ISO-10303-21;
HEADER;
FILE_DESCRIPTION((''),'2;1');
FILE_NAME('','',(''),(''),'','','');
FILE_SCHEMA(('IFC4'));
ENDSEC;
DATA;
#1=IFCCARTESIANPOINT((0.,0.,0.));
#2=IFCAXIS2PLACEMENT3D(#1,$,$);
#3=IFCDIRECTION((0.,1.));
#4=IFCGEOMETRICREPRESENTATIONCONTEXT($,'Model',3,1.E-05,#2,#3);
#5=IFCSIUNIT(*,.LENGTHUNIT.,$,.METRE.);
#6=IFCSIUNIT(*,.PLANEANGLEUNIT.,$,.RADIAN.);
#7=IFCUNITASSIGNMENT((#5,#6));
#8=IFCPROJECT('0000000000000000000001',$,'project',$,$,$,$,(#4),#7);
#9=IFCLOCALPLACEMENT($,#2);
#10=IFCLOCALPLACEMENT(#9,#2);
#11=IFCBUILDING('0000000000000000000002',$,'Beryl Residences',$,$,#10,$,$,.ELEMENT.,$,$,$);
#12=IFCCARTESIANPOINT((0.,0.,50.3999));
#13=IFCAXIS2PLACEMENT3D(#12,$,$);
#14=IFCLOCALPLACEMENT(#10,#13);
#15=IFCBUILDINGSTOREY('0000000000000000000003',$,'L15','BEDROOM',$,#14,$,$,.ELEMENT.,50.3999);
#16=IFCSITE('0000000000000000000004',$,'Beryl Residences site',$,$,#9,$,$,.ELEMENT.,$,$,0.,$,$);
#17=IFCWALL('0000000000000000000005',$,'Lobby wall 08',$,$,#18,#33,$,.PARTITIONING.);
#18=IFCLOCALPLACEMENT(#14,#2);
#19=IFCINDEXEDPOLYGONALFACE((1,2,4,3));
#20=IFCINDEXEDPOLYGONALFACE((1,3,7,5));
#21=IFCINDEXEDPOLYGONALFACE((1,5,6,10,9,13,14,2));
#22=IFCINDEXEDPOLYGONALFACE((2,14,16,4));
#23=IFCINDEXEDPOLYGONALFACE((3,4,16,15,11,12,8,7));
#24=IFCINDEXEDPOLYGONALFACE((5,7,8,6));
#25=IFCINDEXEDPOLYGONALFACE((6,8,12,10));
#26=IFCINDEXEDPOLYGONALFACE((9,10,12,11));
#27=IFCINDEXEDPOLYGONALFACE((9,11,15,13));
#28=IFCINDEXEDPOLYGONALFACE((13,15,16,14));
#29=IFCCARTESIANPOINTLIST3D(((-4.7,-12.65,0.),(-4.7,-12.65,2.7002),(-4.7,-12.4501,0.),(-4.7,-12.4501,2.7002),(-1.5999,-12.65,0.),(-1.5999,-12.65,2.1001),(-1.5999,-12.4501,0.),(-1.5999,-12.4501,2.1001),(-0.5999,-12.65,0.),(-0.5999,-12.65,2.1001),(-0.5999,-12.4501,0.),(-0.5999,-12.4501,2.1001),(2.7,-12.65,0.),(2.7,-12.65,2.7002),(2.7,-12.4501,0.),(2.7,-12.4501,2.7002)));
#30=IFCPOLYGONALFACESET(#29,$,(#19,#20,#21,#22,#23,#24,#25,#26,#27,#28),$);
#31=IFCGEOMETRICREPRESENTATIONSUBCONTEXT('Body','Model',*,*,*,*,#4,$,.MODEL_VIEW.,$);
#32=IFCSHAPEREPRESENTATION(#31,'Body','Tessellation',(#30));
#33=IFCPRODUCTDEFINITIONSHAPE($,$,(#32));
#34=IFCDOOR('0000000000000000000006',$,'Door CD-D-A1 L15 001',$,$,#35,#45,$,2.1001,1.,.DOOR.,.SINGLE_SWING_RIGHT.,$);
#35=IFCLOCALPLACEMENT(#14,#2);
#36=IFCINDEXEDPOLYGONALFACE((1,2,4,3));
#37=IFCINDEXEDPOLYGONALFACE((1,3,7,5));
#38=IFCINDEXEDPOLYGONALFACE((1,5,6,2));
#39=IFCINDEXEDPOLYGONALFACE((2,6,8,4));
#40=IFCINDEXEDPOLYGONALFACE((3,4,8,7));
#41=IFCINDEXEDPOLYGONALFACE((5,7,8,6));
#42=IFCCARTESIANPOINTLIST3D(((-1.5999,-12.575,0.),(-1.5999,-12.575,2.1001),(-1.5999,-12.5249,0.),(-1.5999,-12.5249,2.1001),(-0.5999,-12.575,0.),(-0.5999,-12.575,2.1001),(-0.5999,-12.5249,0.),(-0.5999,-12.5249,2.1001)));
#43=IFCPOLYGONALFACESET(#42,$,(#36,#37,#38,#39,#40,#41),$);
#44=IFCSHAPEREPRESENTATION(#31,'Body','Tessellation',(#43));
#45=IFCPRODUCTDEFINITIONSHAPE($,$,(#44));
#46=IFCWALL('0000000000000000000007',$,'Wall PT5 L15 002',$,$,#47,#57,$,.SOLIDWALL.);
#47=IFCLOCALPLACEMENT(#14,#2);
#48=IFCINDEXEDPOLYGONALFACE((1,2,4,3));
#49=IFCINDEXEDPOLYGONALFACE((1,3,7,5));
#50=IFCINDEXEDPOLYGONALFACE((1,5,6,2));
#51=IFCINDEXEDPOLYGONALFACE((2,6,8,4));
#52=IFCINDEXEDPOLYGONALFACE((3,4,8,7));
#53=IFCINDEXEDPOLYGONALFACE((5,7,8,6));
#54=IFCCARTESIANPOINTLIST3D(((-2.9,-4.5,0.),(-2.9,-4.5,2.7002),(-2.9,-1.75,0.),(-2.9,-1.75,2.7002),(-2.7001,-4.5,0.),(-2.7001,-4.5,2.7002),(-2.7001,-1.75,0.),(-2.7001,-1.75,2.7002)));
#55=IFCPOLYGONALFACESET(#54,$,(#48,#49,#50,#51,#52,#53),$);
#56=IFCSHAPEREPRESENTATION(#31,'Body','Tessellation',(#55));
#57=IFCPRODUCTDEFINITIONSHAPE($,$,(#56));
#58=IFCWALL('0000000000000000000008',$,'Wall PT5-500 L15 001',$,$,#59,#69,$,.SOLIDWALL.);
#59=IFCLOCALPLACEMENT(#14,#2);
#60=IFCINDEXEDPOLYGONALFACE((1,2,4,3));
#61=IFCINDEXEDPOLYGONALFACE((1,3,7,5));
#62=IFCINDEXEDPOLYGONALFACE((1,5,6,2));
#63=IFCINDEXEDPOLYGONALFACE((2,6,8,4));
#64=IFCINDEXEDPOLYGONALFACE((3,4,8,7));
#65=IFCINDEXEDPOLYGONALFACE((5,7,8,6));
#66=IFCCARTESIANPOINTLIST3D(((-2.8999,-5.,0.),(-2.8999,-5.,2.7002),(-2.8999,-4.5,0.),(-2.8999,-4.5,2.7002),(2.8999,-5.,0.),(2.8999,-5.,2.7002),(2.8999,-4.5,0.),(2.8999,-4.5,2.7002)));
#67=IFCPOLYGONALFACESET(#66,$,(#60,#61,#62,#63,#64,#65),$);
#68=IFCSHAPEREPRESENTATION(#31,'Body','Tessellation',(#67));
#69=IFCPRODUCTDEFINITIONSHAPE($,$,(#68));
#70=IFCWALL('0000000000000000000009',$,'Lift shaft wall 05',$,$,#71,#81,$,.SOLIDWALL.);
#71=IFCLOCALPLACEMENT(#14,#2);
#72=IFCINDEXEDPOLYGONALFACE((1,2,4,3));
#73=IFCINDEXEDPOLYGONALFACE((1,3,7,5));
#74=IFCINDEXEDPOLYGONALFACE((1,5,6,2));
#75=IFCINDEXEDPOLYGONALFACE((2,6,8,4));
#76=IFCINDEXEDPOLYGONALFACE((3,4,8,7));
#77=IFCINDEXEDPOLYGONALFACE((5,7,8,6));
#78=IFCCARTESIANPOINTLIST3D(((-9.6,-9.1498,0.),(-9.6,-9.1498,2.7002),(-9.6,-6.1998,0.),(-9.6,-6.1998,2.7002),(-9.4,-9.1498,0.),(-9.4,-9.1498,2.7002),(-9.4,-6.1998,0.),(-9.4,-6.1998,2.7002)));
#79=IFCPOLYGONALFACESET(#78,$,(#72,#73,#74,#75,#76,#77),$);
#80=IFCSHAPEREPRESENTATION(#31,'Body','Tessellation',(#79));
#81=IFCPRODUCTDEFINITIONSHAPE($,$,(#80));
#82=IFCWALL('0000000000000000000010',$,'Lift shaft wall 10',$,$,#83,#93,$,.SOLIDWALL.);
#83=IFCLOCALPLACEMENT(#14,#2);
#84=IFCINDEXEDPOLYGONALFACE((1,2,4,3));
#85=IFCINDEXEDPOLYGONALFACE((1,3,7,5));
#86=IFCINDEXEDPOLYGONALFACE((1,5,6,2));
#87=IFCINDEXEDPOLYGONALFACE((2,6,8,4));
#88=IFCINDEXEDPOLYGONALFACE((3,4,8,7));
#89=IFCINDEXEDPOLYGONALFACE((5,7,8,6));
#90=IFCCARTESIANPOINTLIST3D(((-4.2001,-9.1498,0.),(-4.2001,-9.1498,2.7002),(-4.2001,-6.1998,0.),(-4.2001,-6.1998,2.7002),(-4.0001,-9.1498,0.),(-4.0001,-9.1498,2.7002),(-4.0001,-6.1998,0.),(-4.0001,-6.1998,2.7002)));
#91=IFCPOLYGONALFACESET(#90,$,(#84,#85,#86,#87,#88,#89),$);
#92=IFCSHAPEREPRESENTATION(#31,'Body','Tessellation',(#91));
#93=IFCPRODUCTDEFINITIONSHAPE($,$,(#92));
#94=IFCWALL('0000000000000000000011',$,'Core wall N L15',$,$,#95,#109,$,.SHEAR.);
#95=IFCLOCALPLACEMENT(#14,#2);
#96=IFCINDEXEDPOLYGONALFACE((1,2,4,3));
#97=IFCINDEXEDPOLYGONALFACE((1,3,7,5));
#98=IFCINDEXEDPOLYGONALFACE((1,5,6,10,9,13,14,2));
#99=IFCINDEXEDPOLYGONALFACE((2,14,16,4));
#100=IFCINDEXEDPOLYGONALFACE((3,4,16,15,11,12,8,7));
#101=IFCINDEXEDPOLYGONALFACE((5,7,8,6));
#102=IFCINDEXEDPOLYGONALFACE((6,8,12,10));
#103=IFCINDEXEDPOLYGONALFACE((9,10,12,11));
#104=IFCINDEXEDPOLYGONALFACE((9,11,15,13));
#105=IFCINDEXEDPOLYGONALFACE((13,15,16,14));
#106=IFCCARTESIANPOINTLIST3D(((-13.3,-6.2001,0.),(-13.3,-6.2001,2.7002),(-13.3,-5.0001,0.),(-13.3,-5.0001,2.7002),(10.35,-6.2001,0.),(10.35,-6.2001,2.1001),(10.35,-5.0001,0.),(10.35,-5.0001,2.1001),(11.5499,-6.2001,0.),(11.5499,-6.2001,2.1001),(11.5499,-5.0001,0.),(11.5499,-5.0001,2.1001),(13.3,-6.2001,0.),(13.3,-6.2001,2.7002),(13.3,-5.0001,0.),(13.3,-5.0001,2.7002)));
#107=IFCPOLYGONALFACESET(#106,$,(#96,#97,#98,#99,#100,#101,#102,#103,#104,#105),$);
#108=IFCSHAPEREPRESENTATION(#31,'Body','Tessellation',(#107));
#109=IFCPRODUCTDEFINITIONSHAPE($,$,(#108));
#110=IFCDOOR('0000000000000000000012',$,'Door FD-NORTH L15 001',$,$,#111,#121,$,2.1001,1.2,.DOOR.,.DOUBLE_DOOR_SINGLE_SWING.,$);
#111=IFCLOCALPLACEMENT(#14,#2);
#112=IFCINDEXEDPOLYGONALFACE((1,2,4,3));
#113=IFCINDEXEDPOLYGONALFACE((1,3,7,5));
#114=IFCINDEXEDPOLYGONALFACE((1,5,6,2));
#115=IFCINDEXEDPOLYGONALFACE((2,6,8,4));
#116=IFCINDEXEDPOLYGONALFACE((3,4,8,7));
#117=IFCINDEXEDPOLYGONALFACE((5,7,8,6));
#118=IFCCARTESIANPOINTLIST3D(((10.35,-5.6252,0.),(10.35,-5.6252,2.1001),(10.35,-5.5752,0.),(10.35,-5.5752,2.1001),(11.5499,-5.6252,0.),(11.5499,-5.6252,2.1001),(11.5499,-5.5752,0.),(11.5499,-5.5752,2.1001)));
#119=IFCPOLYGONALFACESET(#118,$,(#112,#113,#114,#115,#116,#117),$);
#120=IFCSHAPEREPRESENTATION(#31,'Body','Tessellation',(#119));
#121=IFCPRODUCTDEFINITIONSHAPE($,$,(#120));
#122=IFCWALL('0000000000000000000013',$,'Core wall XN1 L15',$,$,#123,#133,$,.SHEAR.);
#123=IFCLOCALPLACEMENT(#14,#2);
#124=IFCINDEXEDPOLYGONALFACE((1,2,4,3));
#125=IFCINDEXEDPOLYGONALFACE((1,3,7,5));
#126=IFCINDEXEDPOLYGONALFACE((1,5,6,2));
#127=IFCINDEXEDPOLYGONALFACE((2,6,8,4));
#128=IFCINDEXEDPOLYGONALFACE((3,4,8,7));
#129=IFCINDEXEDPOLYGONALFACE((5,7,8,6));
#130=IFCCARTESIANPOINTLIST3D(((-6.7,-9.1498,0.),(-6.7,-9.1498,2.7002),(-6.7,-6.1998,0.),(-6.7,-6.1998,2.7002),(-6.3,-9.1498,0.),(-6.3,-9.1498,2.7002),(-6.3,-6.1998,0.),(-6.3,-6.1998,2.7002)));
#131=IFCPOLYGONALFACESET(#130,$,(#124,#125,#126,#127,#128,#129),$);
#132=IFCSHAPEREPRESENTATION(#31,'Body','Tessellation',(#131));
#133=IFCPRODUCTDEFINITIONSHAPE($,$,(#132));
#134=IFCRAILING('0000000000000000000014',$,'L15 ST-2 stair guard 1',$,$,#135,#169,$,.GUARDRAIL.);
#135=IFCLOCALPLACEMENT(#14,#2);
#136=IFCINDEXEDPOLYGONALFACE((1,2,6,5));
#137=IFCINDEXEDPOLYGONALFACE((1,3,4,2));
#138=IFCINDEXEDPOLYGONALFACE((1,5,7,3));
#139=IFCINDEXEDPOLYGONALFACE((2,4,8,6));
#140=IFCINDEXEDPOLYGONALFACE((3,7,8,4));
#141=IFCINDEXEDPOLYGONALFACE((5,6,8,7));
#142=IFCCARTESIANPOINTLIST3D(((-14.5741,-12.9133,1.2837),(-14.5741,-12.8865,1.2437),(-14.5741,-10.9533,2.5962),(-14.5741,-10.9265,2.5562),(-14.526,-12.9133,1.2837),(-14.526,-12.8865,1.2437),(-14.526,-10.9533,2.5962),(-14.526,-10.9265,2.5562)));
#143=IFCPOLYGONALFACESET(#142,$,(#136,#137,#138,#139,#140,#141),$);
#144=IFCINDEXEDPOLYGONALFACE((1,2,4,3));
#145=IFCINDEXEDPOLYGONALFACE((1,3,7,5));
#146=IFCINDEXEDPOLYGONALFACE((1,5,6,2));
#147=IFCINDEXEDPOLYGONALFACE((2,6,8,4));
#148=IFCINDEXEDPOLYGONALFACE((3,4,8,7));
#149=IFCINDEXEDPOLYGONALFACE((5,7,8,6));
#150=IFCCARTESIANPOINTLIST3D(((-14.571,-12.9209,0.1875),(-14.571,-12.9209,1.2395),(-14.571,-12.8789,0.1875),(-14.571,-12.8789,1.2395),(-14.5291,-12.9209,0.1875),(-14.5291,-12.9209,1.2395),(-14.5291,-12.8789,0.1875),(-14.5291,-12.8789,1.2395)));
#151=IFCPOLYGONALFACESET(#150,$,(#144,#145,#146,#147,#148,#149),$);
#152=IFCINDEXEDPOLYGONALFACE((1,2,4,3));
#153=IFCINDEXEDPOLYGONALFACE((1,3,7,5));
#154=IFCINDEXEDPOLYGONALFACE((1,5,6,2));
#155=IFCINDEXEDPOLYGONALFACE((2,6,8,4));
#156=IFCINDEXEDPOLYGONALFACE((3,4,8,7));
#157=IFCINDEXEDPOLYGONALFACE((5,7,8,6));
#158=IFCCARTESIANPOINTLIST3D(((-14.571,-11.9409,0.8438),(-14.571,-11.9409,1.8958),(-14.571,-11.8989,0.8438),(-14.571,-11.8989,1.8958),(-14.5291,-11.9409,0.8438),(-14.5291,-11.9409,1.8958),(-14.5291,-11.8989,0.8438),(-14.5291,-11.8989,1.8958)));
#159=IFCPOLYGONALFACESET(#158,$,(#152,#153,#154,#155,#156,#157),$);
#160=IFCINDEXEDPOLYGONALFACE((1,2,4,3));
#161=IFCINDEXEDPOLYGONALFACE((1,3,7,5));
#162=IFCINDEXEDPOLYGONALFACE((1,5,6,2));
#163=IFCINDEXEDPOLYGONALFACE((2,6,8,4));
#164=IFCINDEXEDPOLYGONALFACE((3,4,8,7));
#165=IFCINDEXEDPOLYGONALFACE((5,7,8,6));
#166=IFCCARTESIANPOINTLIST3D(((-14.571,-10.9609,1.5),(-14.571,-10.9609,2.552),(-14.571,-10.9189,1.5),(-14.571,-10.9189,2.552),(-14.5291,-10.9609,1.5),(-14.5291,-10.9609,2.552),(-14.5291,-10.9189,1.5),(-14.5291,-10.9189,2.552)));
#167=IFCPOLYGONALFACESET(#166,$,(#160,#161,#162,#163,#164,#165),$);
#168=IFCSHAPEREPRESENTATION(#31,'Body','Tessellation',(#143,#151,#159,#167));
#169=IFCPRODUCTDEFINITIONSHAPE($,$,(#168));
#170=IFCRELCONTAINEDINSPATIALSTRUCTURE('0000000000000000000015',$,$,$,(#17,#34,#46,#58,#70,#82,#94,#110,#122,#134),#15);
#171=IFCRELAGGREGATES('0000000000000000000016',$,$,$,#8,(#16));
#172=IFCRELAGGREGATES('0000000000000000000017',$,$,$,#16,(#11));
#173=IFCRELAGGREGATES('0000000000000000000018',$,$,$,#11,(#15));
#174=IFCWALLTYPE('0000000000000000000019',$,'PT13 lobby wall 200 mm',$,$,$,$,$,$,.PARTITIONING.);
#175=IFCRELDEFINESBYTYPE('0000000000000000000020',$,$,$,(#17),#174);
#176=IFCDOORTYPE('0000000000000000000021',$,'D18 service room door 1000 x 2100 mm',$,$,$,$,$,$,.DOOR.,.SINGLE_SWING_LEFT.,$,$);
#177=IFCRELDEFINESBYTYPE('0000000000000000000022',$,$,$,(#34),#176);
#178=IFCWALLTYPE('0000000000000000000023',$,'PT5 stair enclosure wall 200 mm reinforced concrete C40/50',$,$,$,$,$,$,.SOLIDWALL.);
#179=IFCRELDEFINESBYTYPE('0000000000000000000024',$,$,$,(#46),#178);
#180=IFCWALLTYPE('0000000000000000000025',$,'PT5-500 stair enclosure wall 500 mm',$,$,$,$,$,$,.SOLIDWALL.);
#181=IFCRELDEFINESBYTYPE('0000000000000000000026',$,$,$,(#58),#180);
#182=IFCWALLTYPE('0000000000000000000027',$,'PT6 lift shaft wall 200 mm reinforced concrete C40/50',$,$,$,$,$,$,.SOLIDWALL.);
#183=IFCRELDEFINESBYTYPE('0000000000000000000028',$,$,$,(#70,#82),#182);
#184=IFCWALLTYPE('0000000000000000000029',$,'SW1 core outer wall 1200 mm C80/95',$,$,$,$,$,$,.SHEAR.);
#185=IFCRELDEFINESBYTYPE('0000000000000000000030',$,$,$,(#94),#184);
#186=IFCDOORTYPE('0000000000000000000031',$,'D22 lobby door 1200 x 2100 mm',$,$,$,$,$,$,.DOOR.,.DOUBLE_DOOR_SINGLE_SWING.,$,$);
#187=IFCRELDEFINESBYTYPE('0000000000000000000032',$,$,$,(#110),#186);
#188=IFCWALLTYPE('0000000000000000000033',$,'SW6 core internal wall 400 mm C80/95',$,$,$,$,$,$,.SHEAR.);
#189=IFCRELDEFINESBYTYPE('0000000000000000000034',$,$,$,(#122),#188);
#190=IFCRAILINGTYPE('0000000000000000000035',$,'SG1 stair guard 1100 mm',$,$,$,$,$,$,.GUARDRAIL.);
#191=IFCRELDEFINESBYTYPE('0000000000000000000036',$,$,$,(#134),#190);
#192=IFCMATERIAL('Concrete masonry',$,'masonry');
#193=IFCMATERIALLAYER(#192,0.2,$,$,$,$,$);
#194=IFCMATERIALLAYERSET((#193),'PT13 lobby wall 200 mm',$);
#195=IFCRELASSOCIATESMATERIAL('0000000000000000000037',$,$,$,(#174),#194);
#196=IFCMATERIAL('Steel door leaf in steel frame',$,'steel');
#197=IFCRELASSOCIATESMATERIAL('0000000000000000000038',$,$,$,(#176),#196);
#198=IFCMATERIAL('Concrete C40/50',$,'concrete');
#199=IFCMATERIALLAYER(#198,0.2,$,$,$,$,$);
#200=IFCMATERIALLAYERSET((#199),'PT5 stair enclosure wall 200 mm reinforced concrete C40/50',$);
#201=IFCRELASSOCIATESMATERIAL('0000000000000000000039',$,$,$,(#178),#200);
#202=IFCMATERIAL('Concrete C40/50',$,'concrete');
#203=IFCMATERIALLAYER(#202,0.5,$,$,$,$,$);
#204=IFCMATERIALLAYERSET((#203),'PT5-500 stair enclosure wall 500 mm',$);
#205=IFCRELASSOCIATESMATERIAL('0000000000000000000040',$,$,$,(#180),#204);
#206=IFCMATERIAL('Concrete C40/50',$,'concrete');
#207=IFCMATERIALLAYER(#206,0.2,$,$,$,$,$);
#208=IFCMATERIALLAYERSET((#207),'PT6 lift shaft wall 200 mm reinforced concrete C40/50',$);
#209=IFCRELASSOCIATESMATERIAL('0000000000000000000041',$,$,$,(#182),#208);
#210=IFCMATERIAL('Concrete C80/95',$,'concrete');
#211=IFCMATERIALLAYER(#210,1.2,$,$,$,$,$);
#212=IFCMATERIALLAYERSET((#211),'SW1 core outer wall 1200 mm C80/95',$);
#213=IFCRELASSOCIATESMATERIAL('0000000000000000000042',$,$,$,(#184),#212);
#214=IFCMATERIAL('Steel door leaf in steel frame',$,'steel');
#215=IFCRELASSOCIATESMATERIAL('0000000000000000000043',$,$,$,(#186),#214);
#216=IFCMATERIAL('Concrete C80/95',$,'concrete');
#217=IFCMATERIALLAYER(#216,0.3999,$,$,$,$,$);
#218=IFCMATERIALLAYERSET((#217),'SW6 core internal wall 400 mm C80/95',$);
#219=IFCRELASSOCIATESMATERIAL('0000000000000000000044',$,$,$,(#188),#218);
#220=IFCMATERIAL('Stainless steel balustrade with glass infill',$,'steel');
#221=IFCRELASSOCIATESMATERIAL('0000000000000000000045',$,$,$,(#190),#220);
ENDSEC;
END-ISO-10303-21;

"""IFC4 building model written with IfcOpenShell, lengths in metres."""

from ifc_helpers import new_model, si_unit, direction, frame, frame_2d, origin, origin_2d, place, context, subcontext, project, spatial, rectangle, extrude, material, layer, layer_set, type_object, element, fill, save


model = new_model("IFC4")

# Units and contexts
model_context = context("Model", 3, precision=1e-05, world=origin(), true_north=direction((0.0, 1.0)))
body_context = subcontext(model_context, "Body", "Model", "MODEL_VIEW")
ifc_project = project(units=[si_unit("LENGTHUNIT", "METRE"), si_unit("PLANEANGLEUNIT", "RADIAN")], contexts=[model_context])

# Site, building, storey
site_placement = place(None, origin())
site = spatial("IfcSite", under=ifc_project, at=site_placement, Name="Beryl Residences site", CompositionType="ELEMENT", RefElevation=0.0)
building_placement = place(site_placement, origin())
building = spatial("IfcBuilding", under=site, at=building_placement, Name="Beryl Residences", CompositionType="ELEMENT")
storey_placement = place(building_placement, frame((0.0, 0.0, 50.3999)))
storey = spatial("IfcBuildingStorey", under=building, at=storey_placement, Name="L15", Description="BEDROOM", CompositionType="ELEMENT", Elevation=50.3999)

# Wall, opening, door
ifc_material_1 = material(Name="Concrete masonry", Category="masonry")
ifc_layer_1 = layer(ifc_material_1, 0.2)
ifc_layer_set_1 = layer_set([ifc_layer_1], Name="PT13 lobby wall 200 mm")
wall_type_1 = type_object("IfcWallType", Name="PT13 lobby wall 200 mm", PredefinedType="PARTITIONING", material=ifc_layer_set_1)
wall_1_placement = place(storey_placement, frame((-4.7, -12.55, 0.0), z_axis=(0.0, 0.0, 1.0), x_axis=(1.0, 0.0, 0.0)))
wall_1 = element("IfcWall", 1, at=wall_1_placement, inside=storey, type_object=wall_type_1, Name="Lobby wall 08", PredefinedType="PARTITIONING", context=body_context, shape_type="SweptSolid", body=[
    extrude(rectangle(XDim=7.3999, YDim=0.2, at=frame_2d((3.7, 0.0))), origin(), (0.0, 0.0, 1.0), 2.7002),
])
opening_1_placement = place(wall_1_placement, frame((4.1001, 0.0, 0.0), z_axis=(0.0, 0.0, 1.0), x_axis=(-1.0, 0.0, 0.0)))
opening_1 = element("IfcOpeningElement", 2, at=opening_1_placement, cuts=wall_1, PredefinedType="OPENING", context=body_context, shape_type="SweptSolid", body=[
    extrude(rectangle(XDim=1.0, YDim=2.1001, at=frame_2d((0.5, 1.05))), frame((0.0, 0.1099, 0.0), z_axis=(0.0, -1.0, 0.0), x_axis=(1.0, 0.0, 0.0)), (0.0, 0.0, 1.0), 0.22),
])
ifc_material_2 = material(Name="Steel door leaf in steel frame", Category="steel")
door_type_1 = type_object("IfcDoorType", Name="D18 service room door 1000 x 2100 mm", OperationType="SINGLE_SWING_LEFT", PredefinedType="DOOR", material=ifc_material_2)
door_1_placement = place(opening_1_placement, origin())
door_1 = element("IfcDoor", 3, at=door_1_placement, inside=storey, type_object=door_type_1, Name="Door CD-D-A1 L15 001", OperationType="SINGLE_SWING_RIGHT", OverallHeight=2.1001, OverallWidth=1.0, PredefinedType="DOOR", context=body_context, shape_type="SweptSolid", body=[
    extrude(rectangle(XDim=1.0, YDim=2.1001, at=frame_2d((0.5, 1.05))), frame((0.0, 0.0249, 0.0), z_axis=(0.0, -1.0, 0.0), x_axis=(1.0, 0.0, 0.0)), (0.0, 0.0, 1.0), 0.05),
])
fill(opening_1, door_1)

# Walls
ifc_material_3 = material(Name="Concrete C40/50", Category="concrete")
ifc_layer_2 = layer(ifc_material_3, 0.2)
ifc_layer_set_2 = layer_set([ifc_layer_2], Name="PT5 stair enclosure wall 200 mm reinforced concrete C40/50")
wall_type_2 = type_object("IfcWallType", Name="PT5 stair enclosure wall 200 mm reinforced concrete C40/50", PredefinedType="SOLIDWALL", material=ifc_layer_set_2)
wall_2_placement = place(storey_placement, frame((-2.8, -4.5, 0.0), z_axis=(0.0, 0.0, 1.0), x_axis=(0.0, 1.0, 0.0)))
element("IfcWall", 4, at=wall_2_placement, inside=storey, type_object=wall_type_2, Name="Wall PT5 L15 002", PredefinedType="SOLIDWALL", context=body_context, shape_type="SweptSolid", body=[
    extrude(rectangle(XDim=2.75, YDim=0.2, at=frame_2d((1.375, 0.0))), origin(), (0.0, 0.0, 1.0), 2.7002),
])
ifc_material_4 = material(Name="Concrete C40/50", Category="concrete")
ifc_layer_3 = layer(ifc_material_4, 0.5)
ifc_layer_set_3 = layer_set([ifc_layer_3], Name="PT5-500 stair enclosure wall 500 mm")
wall_type_3 = type_object("IfcWallType", Name="PT5-500 stair enclosure wall 500 mm", PredefinedType="SOLIDWALL", material=ifc_layer_set_3)
wall_3_placement = place(storey_placement, frame((-2.8999, -4.75, 0.0), z_axis=(0.0, 0.0, 1.0), x_axis=(1.0, 0.0, 0.0)))
element("IfcWall", 5, at=wall_3_placement, inside=storey, type_object=wall_type_3, Name="Wall PT5-500 L15 001", PredefinedType="SOLIDWALL", context=body_context, shape_type="SweptSolid", body=[
    extrude(rectangle(XDim=5.7998, YDim=0.5, at=frame_2d((2.8999, 0.0))), origin(), (0.0, 0.0, 1.0), 2.7002),
])
ifc_material_5 = material(Name="Concrete C40/50", Category="concrete")
ifc_layer_4 = layer(ifc_material_5, 0.2)
ifc_layer_set_4 = layer_set([ifc_layer_4], Name="PT6 lift shaft wall 200 mm reinforced concrete C40/50")
wall_type_4 = type_object("IfcWallType", Name="PT6 lift shaft wall 200 mm reinforced concrete C40/50", PredefinedType="SOLIDWALL", material=ifc_layer_set_4)
for number, where, z_axis, x_axis, name in (
    (6, (-9.5, -9.1499, 0.0), (0.0, 0.0, 1.0), (0.0, 1.0, 0.0), "Lift shaft wall 05"),
    (7, (-4.1001, -9.1499, 0.0), (0.0, 0.0, 1.0), (0.0, 1.0, 0.0), "Lift shaft wall 10"),
):
    element("IfcWall", number, at=place(storey_placement, frame(where, z_axis=z_axis, x_axis=x_axis)), inside=storey, type_object=wall_type_4, Name=name, PredefinedType="SOLIDWALL", context=body_context, shape_type="SweptSolid", body=[
        extrude(rectangle(XDim=2.95, YDim=0.2, at=frame_2d((1.4751, 0.0))), origin(), (0.0, 0.0, 1.0), 2.7002),
    ])

# Wall, opening, door
ifc_material_6 = material(Name="Concrete C80/95", Category="concrete")
ifc_layer_5 = layer(ifc_material_6, 1.2)
ifc_layer_set_5 = layer_set([ifc_layer_5], Name="SW1 core outer wall 1200 mm C80/95")
wall_type_5 = type_object("IfcWallType", Name="SW1 core outer wall 1200 mm C80/95", PredefinedType="SHEAR", material=ifc_layer_set_5)
wall_4_placement = place(storey_placement, frame((-13.3, -5.6001, 0.0), z_axis=(0.0, 0.0, 1.0), x_axis=(1.0, 0.0, 0.0)))
wall_4 = element("IfcWall", 8, at=wall_4_placement, inside=storey, type_object=wall_type_5, Name="Core wall N L15", PredefinedType="SHEAR", context=body_context, shape_type="SweptSolid", body=[
    extrude(rectangle(XDim=26.6001, YDim=1.2, at=frame_2d((13.3, 0.0))), origin(), (0.0, 0.0, 1.0), 2.7002),
])
opening_2_placement = place(wall_4_placement, frame((23.6499, 0.0, 0.0)))
opening_2 = element("IfcOpeningElement", 9, at=opening_2_placement, cuts=wall_4, PredefinedType="OPENING", context=body_context, shape_type="SweptSolid", body=[
    extrude(rectangle(XDim=1.2, YDim=2.1001, at=frame_2d((0.6001, 1.05))), frame((0.0, 0.6099, 0.0), z_axis=(0.0, -1.0, 0.0), x_axis=(1.0, 0.0, 0.0)), (0.0, 0.0, 1.0), 1.22),
])
ifc_material_7 = material(Name="Steel door leaf in steel frame", Category="steel")
door_type_2 = type_object("IfcDoorType", Name="D22 lobby door 1200 x 2100 mm", OperationType="DOUBLE_DOOR_SINGLE_SWING", PredefinedType="DOOR", material=ifc_material_7)
door_2_placement = place(opening_2_placement, origin())
door_2 = element("IfcDoor", 10, at=door_2_placement, inside=storey, type_object=door_type_2, Name="Door FD-NORTH L15 001", OperationType="DOUBLE_DOOR_SINGLE_SWING", OverallHeight=2.1001, OverallWidth=1.2, PredefinedType="DOOR", context=body_context, shape_type="SweptSolid", body=[
    extrude(rectangle(XDim=1.2, YDim=2.1001, at=frame_2d((0.6001, 1.05))), frame((0.0, 0.0249, 0.0), z_axis=(0.0, -1.0, 0.0), x_axis=(1.0, 0.0, 0.0)), (0.0, 0.0, 1.0), 0.05),
])
fill(opening_2, door_2)

# Shared definitions
ifc_material_8 = material(Name="Concrete C80/95", Category="concrete")
ifc_layer_6 = layer(ifc_material_8, 0.3999)
ifc_layer_set_6 = layer_set([ifc_layer_6], Name="SW6 core internal wall 400 mm C80/95")
wall_type_6 = type_object("IfcWallType", Name="SW6 core internal wall 400 mm C80/95", PredefinedType="SHEAR", material=ifc_layer_set_6)

# Wall
wall_5_placement = place(storey_placement, frame((-6.5, -9.1499, 0.0), z_axis=(0.0, 0.0, 1.0), x_axis=(0.0, 1.0, 0.0)))
element("IfcWall", 11, at=wall_5_placement, inside=storey, type_object=wall_type_6, Name="Core wall XN1 L15", PredefinedType="SHEAR", context=body_context, shape_type="SweptSolid", body=[
    extrude(rectangle(XDim=2.95, YDim=0.3999, at=frame_2d((1.4751, 0.0))), origin(), (0.0, 0.0, 1.0), 2.7002),
])

# Railing
ifc_material_9 = material(Name="Stainless steel balustrade with glass infill", Category="steel")
railing_type_1 = type_object("IfcRailingType", Name="SG1 stair guard 1100 mm", PredefinedType="GUARDRAIL", material=ifc_material_9)
railing_1_placement = place(storey_placement, frame((-14.55, -12.8999, 0.1875)))
element("IfcRailing", 12, at=railing_1_placement, inside=storey, type_object=railing_type_1, Name="L15 ST-2 stair guard 1", PredefinedType="GUARDRAIL", context=body_context, shape_type="SweptSolid", body=[
    extrude(rectangle(XDim=0.0481, YDim=0.0481, at=origin_2d()), frame((0.0, 0.0, 1.0762), z_axis=(0.0, 0.830902, 0.556419), x_axis=(-1.0, 0.0, 0.0)), (0.0, 0.0, 1.0), 2.3589),
    extrude(rectangle(XDim=0.042, YDim=0.042, at=origin_2d()), origin(), (0.0, 0.0, 1.0), 1.052),
    extrude(rectangle(XDim=0.042, YDim=0.042, at=origin_2d()), frame((0.0, 0.98, 0.6562)), (0.0, 0.0, 1.0), 1.052),
    extrude(rectangle(XDim=0.042, YDim=0.042, at=origin_2d()), frame((0.0, 1.96, 1.3125)), (0.0, 0.0, 1.0), 1.052),
])

save(model, "model.ifc")
